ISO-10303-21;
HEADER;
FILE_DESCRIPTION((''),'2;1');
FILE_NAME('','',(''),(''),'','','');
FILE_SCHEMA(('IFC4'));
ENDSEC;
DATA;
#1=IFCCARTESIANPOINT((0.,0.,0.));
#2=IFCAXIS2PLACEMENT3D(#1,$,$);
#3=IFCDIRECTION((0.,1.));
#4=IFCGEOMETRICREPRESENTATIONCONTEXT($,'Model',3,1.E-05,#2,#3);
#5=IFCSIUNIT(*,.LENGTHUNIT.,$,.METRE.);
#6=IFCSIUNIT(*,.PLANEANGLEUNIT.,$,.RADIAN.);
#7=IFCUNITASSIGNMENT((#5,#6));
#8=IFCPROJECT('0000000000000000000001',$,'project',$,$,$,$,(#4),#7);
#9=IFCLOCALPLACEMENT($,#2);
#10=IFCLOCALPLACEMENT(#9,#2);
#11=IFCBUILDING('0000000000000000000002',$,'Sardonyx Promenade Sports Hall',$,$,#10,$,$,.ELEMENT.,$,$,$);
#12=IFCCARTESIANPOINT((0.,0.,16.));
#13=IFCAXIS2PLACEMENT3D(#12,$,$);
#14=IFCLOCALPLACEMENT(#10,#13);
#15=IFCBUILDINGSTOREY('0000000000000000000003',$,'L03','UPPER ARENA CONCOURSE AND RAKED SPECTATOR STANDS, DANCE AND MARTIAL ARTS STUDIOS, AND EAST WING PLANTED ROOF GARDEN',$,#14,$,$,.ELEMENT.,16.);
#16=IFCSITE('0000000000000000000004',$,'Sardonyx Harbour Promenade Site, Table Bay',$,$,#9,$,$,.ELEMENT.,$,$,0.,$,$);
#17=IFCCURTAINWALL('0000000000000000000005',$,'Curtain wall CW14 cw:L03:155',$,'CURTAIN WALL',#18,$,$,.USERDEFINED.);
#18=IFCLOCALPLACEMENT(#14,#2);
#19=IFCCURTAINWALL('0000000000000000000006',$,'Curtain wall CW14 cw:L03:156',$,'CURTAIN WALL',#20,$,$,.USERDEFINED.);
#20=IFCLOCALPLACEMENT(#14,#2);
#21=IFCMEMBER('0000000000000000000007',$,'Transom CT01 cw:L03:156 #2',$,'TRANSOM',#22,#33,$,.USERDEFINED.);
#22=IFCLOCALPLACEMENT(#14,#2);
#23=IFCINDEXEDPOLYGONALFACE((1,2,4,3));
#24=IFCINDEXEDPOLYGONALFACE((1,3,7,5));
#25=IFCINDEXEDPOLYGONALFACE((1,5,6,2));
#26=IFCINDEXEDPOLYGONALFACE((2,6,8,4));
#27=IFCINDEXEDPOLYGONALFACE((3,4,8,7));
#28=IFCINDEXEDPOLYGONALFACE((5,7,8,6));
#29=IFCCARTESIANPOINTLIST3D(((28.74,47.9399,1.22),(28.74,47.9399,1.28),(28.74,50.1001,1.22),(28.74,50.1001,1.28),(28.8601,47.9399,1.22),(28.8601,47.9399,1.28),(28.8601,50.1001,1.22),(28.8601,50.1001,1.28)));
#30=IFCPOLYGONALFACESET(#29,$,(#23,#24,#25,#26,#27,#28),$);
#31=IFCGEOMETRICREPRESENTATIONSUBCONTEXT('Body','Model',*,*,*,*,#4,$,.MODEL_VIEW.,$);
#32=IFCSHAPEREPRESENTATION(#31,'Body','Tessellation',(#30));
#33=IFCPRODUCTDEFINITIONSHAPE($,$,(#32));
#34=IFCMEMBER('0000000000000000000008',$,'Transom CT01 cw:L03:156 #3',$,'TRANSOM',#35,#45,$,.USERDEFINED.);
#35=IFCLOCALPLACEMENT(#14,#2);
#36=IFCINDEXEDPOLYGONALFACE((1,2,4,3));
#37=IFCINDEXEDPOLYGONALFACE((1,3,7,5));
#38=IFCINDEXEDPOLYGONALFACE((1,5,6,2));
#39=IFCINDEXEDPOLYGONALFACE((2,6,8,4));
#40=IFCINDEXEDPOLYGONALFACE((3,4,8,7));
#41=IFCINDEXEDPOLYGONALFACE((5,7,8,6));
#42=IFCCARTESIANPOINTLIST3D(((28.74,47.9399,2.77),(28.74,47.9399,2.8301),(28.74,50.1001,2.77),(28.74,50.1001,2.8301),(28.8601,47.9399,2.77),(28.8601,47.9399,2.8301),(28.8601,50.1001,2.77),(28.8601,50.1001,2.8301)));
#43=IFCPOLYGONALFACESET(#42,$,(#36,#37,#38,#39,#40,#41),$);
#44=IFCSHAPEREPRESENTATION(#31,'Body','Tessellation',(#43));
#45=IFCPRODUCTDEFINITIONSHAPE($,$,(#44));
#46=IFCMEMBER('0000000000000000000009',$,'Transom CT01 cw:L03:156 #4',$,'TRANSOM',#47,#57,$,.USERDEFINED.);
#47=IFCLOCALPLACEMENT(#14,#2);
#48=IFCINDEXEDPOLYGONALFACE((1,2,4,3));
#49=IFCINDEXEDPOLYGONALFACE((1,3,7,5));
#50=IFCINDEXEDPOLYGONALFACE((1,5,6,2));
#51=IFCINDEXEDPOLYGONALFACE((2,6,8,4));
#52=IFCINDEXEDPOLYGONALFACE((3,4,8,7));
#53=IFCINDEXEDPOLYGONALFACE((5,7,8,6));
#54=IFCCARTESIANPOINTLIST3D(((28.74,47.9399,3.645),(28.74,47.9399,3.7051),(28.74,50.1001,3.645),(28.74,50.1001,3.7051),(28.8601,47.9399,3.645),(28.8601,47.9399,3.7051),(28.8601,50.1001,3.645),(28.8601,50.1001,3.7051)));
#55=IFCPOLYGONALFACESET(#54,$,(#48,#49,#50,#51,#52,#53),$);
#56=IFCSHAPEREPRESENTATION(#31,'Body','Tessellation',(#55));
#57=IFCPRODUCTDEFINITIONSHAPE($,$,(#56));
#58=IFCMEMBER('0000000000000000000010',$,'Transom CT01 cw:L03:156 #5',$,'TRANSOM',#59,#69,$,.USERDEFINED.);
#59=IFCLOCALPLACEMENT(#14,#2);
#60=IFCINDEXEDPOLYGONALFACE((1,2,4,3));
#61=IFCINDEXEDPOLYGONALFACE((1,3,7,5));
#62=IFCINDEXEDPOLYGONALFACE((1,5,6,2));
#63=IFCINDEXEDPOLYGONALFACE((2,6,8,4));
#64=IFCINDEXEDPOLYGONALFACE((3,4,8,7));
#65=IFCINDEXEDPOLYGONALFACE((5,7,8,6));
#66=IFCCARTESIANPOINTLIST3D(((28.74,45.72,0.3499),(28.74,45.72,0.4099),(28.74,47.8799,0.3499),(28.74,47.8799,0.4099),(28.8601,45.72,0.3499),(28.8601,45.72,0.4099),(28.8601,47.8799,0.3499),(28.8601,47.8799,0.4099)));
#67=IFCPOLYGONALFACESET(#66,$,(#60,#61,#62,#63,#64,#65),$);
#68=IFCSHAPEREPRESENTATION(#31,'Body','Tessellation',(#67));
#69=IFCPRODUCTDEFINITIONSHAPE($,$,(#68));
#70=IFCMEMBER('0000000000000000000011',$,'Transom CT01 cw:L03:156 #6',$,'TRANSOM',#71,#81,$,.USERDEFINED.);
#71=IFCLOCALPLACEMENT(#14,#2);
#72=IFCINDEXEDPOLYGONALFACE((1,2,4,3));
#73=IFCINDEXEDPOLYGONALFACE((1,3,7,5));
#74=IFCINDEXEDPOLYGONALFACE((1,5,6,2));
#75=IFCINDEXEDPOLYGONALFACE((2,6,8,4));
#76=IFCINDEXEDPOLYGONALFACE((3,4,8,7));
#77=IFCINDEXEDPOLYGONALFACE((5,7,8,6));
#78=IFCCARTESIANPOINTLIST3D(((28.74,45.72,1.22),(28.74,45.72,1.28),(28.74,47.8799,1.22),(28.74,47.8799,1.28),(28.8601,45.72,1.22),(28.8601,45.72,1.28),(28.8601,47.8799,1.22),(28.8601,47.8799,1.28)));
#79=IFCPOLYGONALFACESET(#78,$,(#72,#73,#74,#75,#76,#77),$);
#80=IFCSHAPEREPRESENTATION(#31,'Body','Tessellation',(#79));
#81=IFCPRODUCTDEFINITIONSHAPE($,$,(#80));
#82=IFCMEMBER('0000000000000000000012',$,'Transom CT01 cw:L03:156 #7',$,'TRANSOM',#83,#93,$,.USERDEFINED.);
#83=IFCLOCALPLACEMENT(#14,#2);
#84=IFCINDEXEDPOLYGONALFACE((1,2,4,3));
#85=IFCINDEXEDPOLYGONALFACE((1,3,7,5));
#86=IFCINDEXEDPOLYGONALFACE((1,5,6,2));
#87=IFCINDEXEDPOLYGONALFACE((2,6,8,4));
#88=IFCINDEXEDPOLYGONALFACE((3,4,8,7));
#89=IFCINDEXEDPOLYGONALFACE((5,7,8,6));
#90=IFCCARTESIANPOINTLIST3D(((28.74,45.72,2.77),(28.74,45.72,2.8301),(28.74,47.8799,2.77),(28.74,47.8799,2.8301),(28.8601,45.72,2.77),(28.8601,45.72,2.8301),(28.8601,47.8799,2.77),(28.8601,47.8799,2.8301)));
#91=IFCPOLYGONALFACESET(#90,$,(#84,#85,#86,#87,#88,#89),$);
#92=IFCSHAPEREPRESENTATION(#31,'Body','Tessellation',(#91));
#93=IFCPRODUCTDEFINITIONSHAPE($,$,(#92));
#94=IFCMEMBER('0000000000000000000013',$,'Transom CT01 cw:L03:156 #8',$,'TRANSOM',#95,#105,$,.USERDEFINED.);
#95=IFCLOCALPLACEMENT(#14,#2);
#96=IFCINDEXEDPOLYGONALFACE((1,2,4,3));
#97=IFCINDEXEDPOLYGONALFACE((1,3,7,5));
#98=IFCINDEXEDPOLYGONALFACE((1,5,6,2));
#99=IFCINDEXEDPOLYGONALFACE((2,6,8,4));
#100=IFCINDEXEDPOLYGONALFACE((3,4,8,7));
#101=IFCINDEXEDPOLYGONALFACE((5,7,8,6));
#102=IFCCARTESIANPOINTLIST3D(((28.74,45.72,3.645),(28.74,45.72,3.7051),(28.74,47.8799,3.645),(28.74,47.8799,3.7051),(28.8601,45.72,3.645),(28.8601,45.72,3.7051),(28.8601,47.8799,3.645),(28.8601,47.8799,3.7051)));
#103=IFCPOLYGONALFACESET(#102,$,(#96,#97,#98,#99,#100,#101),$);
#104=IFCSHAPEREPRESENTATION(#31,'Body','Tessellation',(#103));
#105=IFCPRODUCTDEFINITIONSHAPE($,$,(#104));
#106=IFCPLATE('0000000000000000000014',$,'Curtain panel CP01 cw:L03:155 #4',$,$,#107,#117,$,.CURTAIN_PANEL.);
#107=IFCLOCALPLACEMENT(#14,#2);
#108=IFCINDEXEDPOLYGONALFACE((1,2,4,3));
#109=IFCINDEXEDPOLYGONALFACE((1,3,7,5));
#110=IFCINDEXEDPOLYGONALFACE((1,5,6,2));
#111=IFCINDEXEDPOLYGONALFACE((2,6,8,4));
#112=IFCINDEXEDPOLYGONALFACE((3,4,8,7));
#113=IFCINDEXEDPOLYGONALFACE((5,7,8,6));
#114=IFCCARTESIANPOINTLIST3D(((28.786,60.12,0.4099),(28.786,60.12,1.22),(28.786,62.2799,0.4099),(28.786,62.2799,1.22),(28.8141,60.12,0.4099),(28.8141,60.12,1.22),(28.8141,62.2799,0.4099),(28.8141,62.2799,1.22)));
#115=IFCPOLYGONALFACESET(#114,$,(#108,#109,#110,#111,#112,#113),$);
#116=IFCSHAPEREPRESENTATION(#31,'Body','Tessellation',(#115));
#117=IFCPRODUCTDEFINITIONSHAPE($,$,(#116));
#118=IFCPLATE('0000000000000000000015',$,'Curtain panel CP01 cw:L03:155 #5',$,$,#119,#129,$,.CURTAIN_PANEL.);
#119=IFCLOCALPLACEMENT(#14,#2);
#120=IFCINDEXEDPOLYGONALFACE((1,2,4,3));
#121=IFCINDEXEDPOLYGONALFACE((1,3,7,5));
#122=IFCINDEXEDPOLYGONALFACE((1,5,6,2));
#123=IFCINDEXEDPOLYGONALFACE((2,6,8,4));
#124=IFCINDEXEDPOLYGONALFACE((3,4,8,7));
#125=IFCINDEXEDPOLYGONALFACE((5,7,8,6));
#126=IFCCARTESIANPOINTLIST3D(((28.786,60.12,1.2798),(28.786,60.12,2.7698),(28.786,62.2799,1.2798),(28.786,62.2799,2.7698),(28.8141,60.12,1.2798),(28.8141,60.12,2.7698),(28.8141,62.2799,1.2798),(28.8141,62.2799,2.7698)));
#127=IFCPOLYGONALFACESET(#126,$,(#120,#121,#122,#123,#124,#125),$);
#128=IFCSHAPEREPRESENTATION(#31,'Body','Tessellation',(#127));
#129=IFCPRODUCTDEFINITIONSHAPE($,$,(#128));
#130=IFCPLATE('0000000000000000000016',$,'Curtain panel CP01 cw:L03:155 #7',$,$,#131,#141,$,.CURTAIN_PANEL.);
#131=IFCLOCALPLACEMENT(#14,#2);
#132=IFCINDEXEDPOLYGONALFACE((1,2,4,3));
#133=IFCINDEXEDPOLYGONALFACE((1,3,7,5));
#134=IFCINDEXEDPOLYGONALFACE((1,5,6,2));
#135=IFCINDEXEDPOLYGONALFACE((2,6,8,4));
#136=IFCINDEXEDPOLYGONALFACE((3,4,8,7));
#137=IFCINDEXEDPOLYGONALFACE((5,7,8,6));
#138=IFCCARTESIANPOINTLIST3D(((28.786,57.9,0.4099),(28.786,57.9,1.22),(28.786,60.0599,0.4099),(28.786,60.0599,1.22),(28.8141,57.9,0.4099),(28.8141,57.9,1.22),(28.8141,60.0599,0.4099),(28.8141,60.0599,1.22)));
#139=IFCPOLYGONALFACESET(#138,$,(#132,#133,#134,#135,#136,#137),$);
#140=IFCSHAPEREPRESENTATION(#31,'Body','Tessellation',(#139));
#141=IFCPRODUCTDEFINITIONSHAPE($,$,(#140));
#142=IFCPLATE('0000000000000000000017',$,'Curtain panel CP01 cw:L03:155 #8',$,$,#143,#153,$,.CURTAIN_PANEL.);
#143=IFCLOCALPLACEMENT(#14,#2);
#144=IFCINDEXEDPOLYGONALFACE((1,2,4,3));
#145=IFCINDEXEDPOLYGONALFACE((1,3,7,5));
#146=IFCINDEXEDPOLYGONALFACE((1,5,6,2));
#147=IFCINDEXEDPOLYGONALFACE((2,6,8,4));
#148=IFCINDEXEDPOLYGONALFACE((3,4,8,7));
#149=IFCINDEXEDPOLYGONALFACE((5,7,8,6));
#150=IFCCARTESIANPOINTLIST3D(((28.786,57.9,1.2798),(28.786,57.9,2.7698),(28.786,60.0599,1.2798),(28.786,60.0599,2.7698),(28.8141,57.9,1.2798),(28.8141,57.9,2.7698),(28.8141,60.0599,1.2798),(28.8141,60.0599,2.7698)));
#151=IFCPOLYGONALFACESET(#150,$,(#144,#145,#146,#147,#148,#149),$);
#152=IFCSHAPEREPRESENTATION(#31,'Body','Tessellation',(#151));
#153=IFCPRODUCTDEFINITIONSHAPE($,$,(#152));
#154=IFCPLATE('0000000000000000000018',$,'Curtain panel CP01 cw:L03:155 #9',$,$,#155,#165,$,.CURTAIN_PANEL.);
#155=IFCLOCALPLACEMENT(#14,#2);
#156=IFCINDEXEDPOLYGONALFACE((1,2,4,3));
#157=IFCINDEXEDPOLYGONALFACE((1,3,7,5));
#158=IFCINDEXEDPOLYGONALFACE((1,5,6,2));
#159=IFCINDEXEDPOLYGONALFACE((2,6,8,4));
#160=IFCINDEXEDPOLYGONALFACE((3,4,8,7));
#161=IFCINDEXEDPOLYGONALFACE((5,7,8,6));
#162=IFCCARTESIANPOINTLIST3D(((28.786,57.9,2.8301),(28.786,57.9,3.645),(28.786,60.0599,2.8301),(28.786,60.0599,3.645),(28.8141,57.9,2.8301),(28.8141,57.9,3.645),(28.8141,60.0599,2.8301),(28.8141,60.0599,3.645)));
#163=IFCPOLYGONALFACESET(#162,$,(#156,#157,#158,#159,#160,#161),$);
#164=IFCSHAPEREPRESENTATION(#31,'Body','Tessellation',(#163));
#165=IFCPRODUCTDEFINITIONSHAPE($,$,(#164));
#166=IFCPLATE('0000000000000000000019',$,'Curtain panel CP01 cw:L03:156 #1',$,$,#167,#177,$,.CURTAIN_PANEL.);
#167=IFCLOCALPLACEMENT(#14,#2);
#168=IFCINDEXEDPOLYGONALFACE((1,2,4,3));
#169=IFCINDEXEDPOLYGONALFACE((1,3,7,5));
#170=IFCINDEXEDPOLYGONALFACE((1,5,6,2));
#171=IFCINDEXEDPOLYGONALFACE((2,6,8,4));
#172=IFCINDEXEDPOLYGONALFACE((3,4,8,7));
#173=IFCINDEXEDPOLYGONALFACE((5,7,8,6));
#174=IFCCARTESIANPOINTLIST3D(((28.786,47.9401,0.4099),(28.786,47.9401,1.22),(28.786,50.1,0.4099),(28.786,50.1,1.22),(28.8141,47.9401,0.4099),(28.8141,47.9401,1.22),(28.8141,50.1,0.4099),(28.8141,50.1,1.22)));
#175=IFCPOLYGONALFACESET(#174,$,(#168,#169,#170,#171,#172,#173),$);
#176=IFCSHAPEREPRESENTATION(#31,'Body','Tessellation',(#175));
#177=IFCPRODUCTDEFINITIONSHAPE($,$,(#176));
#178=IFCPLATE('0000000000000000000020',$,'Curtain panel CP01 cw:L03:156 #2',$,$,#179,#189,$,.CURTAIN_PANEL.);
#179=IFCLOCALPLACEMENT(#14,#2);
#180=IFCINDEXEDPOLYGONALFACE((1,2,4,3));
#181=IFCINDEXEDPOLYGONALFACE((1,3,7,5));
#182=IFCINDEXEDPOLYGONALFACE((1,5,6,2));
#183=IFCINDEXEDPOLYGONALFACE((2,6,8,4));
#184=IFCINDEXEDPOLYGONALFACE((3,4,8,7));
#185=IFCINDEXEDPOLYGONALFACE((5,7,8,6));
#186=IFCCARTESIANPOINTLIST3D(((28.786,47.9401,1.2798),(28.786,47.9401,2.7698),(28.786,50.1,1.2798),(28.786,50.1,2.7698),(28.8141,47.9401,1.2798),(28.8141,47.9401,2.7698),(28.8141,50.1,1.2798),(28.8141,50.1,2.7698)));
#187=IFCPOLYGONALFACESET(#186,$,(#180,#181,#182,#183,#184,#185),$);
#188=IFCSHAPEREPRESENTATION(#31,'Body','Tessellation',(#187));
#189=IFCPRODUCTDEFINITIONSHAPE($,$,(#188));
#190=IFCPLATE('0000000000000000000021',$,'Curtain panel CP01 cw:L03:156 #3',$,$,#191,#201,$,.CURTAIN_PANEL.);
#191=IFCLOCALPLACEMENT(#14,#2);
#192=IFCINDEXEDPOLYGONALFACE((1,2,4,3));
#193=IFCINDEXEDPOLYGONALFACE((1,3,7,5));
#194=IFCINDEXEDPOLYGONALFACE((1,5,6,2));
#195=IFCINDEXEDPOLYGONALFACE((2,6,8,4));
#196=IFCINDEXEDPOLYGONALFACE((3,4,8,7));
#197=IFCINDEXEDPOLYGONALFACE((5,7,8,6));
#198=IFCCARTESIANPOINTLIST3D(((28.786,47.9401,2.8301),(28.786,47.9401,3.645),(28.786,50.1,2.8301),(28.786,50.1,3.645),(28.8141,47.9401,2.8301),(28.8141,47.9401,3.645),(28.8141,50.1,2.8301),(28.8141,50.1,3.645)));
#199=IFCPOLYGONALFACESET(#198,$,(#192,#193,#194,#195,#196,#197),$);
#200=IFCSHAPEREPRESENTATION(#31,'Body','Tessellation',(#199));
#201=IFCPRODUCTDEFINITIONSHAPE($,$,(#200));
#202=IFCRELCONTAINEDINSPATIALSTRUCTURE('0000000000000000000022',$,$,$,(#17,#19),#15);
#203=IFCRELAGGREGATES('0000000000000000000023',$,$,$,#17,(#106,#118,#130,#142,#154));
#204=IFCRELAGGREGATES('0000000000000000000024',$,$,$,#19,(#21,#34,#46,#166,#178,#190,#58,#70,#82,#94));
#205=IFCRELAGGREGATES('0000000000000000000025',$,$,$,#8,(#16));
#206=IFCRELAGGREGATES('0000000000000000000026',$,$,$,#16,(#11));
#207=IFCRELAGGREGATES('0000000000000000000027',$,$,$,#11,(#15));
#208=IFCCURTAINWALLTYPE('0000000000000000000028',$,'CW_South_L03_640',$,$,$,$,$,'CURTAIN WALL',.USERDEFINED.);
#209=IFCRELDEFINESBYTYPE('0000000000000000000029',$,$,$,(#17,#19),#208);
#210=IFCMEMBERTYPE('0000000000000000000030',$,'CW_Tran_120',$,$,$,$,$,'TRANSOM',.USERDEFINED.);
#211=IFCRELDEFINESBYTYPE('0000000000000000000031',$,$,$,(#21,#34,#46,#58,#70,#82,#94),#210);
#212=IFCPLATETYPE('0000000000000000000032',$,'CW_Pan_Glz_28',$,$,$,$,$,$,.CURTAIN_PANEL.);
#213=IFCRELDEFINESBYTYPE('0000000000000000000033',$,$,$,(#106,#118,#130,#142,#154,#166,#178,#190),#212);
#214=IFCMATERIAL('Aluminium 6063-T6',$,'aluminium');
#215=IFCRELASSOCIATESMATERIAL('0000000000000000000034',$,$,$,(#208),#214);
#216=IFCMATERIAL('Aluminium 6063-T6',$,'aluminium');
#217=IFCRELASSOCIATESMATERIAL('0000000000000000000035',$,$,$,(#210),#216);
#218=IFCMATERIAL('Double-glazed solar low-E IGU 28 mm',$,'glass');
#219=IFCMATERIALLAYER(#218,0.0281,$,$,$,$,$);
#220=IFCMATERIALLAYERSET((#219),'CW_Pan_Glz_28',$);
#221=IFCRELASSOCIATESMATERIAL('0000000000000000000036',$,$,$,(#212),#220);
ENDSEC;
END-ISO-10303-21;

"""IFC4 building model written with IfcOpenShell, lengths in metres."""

from ifc_helpers import new_model, si_unit, direction, frame, origin, origin_2d, place, context, subcontext, project, spatial, rectangle, extrude, material, layer, layer_set, material_profile, profile_set, type_object, element, aggregate, save


model = new_model("IFC4")

# Units and contexts
model_context = context("Model", 3, precision=1e-05, world=origin(), true_north=direction((0.0, 1.0)))
body_context = subcontext(model_context, "Body", "Model", "MODEL_VIEW")
ifc_project = project(units=[si_unit("LENGTHUNIT", "METRE"), si_unit("PLANEANGLEUNIT", "RADIAN")], contexts=[model_context])

# Site, building, storey
site_placement = place(None, origin())
site = spatial("IfcSite", under=ifc_project, at=site_placement, Name="Sardonyx Harbour Promenade Site, Table Bay", CompositionType="ELEMENT", RefElevation=0.0)
building_placement = place(site_placement, origin())
building = spatial("IfcBuilding", under=site, at=building_placement, Name="Sardonyx Promenade Sports Hall", CompositionType="ELEMENT")
storey_placement = place(building_placement, frame((0.0, 0.0, 16.0)))
storey = spatial("IfcBuildingStorey", under=building, at=storey_placement, Name="L03", Description="UPPER ARENA CONCOURSE AND RAKED SPECTATOR STANDS, DANCE AND MARTIAL ARTS STUDIOS, AND EAST WING PLANTED ROOF GARDEN", CompositionType="ELEMENT", Elevation=16.0)

# Curtain walls
ifc_material_1 = material(Name="Aluminium 6063-T6", Category="aluminium")
curtain_wall_type = type_object("IfcCurtainWallType", Name="CW_South_L03_640", ElementType="CURTAIN WALL", PredefinedType="USERDEFINED", material=ifc_material_1)
curtain_wall_1_placement = place(storey_placement, origin())
curtain_wall_1 = element("IfcCurtainWall", 1, at=curtain_wall_1_placement, inside=storey, type_object=curtain_wall_type, Name="Curtain wall CW14 cw:L03:155", ObjectType="CURTAIN WALL", PredefinedType="USERDEFINED")
curtain_wall_2_placement = place(storey_placement, origin())
curtain_wall_2 = element("IfcCurtainWall", 2, at=curtain_wall_2_placement, inside=storey, type_object=curtain_wall_type, Name="Curtain wall CW14 cw:L03:156", ObjectType="CURTAIN WALL", PredefinedType="USERDEFINED")

# Members
ifc_material_2 = material(Name="Aluminium 6063-T6", Category="aluminium")
ifc_material_profile_1 = material_profile(ifc_material_2, rectangle(XDim=0.0601, YDim=0.1201, at=origin_2d()))
ifc_profile_set_1 = profile_set([ifc_material_profile_1], Name="Aluminium 6063-T6")
member_type_1 = type_object("IfcMemberType", Name="CW_Tran_120", ElementType="TRANSOM", PredefinedType="USERDEFINED", material=ifc_profile_set_1)
member_1_placement = place(storey_placement, frame((28.8, 50.1001, 1.25), z_axis=(0.0, -1.0, 0.0), x_axis=(0.0, 0.0, 1.0)))
member_1 = element("IfcMember", 3, at=member_1_placement, type_object=member_type_1, Name="Transom CT01 cw:L03:156 #2", ObjectType="TRANSOM", PredefinedType="USERDEFINED", context=body_context, shape_type="SweptSolid", body=[
    extrude(rectangle(XDim=0.0601, YDim=0.1201, at=origin_2d()), origin(), (0.0, 0.0, 1.0), 2.1602),
])
member_2_placement = place(storey_placement, frame((28.8, 50.1001, 2.8), z_axis=(0.0, -1.0, 0.0), x_axis=(0.0, 0.0, 1.0)))
member_2 = element("IfcMember", 4, at=member_2_placement, type_object=member_type_1, Name="Transom CT01 cw:L03:156 #3", ObjectType="TRANSOM", PredefinedType="USERDEFINED", context=body_context, shape_type="SweptSolid", body=[
    extrude(rectangle(XDim=0.0601, YDim=0.1201, at=origin_2d()), origin(), (0.0, 0.0, 1.0), 2.1602),
])
member_3_placement = place(storey_placement, frame((28.8, 50.1001, 3.675), z_axis=(0.0, -1.0, 0.0), x_axis=(0.0, 0.0, 1.0)))
member_3 = element("IfcMember", 5, at=member_3_placement, type_object=member_type_1, Name="Transom CT01 cw:L03:156 #4", ObjectType="TRANSOM", PredefinedType="USERDEFINED", context=body_context, shape_type="SweptSolid", body=[
    extrude(rectangle(XDim=0.0601, YDim=0.1201, at=origin_2d()), origin(), (0.0, 0.0, 1.0), 2.1602),
])
member_4_placement = place(storey_placement, frame((28.8, 47.8799, 0.3799), z_axis=(0.0, -1.0, 0.0), x_axis=(0.0, 0.0, 1.0)))
member_4 = element("IfcMember", 6, at=member_4_placement, type_object=member_type_1, Name="Transom CT01 cw:L03:156 #5", ObjectType="TRANSOM", PredefinedType="USERDEFINED", context=body_context, shape_type="SweptSolid", body=[
    extrude(rectangle(XDim=0.0601, YDim=0.1201, at=origin_2d()), origin(), (0.0, 0.0, 1.0), 2.1599),
])
member_5_placement = place(storey_placement, frame((28.8, 47.8799, 1.25), z_axis=(0.0, -1.0, 0.0), x_axis=(0.0, 0.0, 1.0)))
member_5 = element("IfcMember", 7, at=member_5_placement, type_object=member_type_1, Name="Transom CT01 cw:L03:156 #6", ObjectType="TRANSOM", PredefinedType="USERDEFINED", context=body_context, shape_type="SweptSolid", body=[
    extrude(rectangle(XDim=0.0601, YDim=0.1201, at=origin_2d()), origin(), (0.0, 0.0, 1.0), 2.1599),
])
member_6_placement = place(storey_placement, frame((28.8, 47.8799, 2.8), z_axis=(0.0, -1.0, 0.0), x_axis=(0.0, 0.0, 1.0)))
member_6 = element("IfcMember", 8, at=member_6_placement, type_object=member_type_1, Name="Transom CT01 cw:L03:156 #7", ObjectType="TRANSOM", PredefinedType="USERDEFINED", context=body_context, shape_type="SweptSolid", body=[
    extrude(rectangle(XDim=0.0601, YDim=0.1201, at=origin_2d()), origin(), (0.0, 0.0, 1.0), 2.1599),
])
member_7_placement = place(storey_placement, frame((28.8, 47.8799, 3.675), z_axis=(0.0, -1.0, 0.0), x_axis=(0.0, 0.0, 1.0)))
member_7 = element("IfcMember", 9, at=member_7_placement, type_object=member_type_1, Name="Transom CT01 cw:L03:156 #8", ObjectType="TRANSOM", PredefinedType="USERDEFINED", context=body_context, shape_type="SweptSolid", body=[
    extrude(rectangle(XDim=0.0601, YDim=0.1201, at=origin_2d()), origin(), (0.0, 0.0, 1.0), 2.1599),
])

# Plates
ifc_material_3 = material(Name="Double-glazed solar low-E IGU 28 mm", Category="glass")
ifc_layer_1 = layer(ifc_material_3, 0.0281)
ifc_layer_set_1 = layer_set([ifc_layer_1], Name="CW_Pan_Glz_28")
plate_type = type_object("IfcPlateType", Name="CW_Pan_Glz_28", PredefinedType="CURTAIN_PANEL", material=ifc_layer_set_1)
plate_1_placement = place(storey_placement, frame((28.8, 61.2, 0.4099), z_axis=(0.0, 0.0, 1.0), x_axis=(0.0, -1.0, 0.0)))
plate_1 = element("IfcPlate", 10, at=plate_1_placement, type_object=plate_type, Name="Curtain panel CP01 cw:L03:155 #4", PredefinedType="CURTAIN_PANEL", context=body_context, shape_type="SweptSolid", body=[
    extrude(rectangle(XDim=2.1599, YDim=0.0281, at=origin_2d()), origin(), (0.0, 0.0, 1.0), 0.8101),
])
plate_2_placement = place(storey_placement, frame((28.8, 61.2, 1.2798), z_axis=(0.0, 0.0, 1.0), x_axis=(0.0, -1.0, 0.0)))
plate_2 = element("IfcPlate", 11, at=plate_2_placement, type_object=plate_type, Name="Curtain panel CP01 cw:L03:155 #5", PredefinedType="CURTAIN_PANEL", context=body_context, shape_type="SweptSolid", body=[
    extrude(rectangle(XDim=2.1599, YDim=0.0281, at=origin_2d()), origin(), (0.0, 0.0, 1.0), 1.49),
])
plate_3_placement = place(storey_placement, frame((28.8, 58.98, 0.4099), z_axis=(0.0, 0.0, 1.0), x_axis=(0.0, -1.0, 0.0)))
plate_3 = element("IfcPlate", 12, at=plate_3_placement, type_object=plate_type, Name="Curtain panel CP01 cw:L03:155 #7", PredefinedType="CURTAIN_PANEL", context=body_context, shape_type="SweptSolid", body=[
    extrude(rectangle(XDim=2.1599, YDim=0.0281, at=origin_2d()), origin(), (0.0, 0.0, 1.0), 0.8101),
])
plate_4_placement = place(storey_placement, frame((28.8, 58.98, 1.2798), z_axis=(0.0, 0.0, 1.0), x_axis=(0.0, -1.0, 0.0)))
plate_4 = element("IfcPlate", 13, at=plate_4_placement, type_object=plate_type, Name="Curtain panel CP01 cw:L03:155 #8", PredefinedType="CURTAIN_PANEL", context=body_context, shape_type="SweptSolid", body=[
    extrude(rectangle(XDim=2.1599, YDim=0.0281, at=origin_2d()), origin(), (0.0, 0.0, 1.0), 1.49),
])
plate_5_placement = place(storey_placement, frame((28.8, 58.98, 2.8301), z_axis=(0.0, 0.0, 1.0), x_axis=(0.0, -1.0, 0.0)))
plate_5 = element("IfcPlate", 14, at=plate_5_placement, type_object=plate_type, Name="Curtain panel CP01 cw:L03:155 #9", PredefinedType="CURTAIN_PANEL", context=body_context, shape_type="SweptSolid", body=[
    extrude(rectangle(XDim=2.1599, YDim=0.0281, at=origin_2d()), origin(), (0.0, 0.0, 1.0), 0.8149),
])
aggregate(curtain_wall_1, [plate_1, plate_2, plate_3, plate_4, plate_5])
plate_6_placement = place(storey_placement, frame((28.8, 49.02, 0.4099), z_axis=(0.0, 0.0, 1.0), x_axis=(0.0, -1.0, 0.0)))
plate_6 = element("IfcPlate", 15, at=plate_6_placement, type_object=plate_type, Name="Curtain panel CP01 cw:L03:156 #1", PredefinedType="CURTAIN_PANEL", context=body_context, shape_type="SweptSolid", body=[
    extrude(rectangle(XDim=2.1599, YDim=0.0281, at=origin_2d()), origin(), (0.0, 0.0, 1.0), 0.8101),
])
plate_7_placement = place(storey_placement, frame((28.8, 49.02, 1.2798), z_axis=(0.0, 0.0, 1.0), x_axis=(0.0, -1.0, 0.0)))
plate_7 = element("IfcPlate", 16, at=plate_7_placement, type_object=plate_type, Name="Curtain panel CP01 cw:L03:156 #2", PredefinedType="CURTAIN_PANEL", context=body_context, shape_type="SweptSolid", body=[
    extrude(rectangle(XDim=2.1599, YDim=0.0281, at=origin_2d()), origin(), (0.0, 0.0, 1.0), 1.49),
])
plate_8_placement = place(storey_placement, frame((28.8, 49.02, 2.8301), z_axis=(0.0, 0.0, 1.0), x_axis=(0.0, -1.0, 0.0)))
plate_8 = element("IfcPlate", 17, at=plate_8_placement, type_object=plate_type, Name="Curtain panel CP01 cw:L03:156 #3", PredefinedType="CURTAIN_PANEL", context=body_context, shape_type="SweptSolid", body=[
    extrude(rectangle(XDim=2.1599, YDim=0.0281, at=origin_2d()), origin(), (0.0, 0.0, 1.0), 0.8149),
])
aggregate(curtain_wall_2, [member_1, member_2, member_3, plate_6, plate_7, plate_8, member_4, member_5, member_6, member_7])

save(model, "model.ifc")
